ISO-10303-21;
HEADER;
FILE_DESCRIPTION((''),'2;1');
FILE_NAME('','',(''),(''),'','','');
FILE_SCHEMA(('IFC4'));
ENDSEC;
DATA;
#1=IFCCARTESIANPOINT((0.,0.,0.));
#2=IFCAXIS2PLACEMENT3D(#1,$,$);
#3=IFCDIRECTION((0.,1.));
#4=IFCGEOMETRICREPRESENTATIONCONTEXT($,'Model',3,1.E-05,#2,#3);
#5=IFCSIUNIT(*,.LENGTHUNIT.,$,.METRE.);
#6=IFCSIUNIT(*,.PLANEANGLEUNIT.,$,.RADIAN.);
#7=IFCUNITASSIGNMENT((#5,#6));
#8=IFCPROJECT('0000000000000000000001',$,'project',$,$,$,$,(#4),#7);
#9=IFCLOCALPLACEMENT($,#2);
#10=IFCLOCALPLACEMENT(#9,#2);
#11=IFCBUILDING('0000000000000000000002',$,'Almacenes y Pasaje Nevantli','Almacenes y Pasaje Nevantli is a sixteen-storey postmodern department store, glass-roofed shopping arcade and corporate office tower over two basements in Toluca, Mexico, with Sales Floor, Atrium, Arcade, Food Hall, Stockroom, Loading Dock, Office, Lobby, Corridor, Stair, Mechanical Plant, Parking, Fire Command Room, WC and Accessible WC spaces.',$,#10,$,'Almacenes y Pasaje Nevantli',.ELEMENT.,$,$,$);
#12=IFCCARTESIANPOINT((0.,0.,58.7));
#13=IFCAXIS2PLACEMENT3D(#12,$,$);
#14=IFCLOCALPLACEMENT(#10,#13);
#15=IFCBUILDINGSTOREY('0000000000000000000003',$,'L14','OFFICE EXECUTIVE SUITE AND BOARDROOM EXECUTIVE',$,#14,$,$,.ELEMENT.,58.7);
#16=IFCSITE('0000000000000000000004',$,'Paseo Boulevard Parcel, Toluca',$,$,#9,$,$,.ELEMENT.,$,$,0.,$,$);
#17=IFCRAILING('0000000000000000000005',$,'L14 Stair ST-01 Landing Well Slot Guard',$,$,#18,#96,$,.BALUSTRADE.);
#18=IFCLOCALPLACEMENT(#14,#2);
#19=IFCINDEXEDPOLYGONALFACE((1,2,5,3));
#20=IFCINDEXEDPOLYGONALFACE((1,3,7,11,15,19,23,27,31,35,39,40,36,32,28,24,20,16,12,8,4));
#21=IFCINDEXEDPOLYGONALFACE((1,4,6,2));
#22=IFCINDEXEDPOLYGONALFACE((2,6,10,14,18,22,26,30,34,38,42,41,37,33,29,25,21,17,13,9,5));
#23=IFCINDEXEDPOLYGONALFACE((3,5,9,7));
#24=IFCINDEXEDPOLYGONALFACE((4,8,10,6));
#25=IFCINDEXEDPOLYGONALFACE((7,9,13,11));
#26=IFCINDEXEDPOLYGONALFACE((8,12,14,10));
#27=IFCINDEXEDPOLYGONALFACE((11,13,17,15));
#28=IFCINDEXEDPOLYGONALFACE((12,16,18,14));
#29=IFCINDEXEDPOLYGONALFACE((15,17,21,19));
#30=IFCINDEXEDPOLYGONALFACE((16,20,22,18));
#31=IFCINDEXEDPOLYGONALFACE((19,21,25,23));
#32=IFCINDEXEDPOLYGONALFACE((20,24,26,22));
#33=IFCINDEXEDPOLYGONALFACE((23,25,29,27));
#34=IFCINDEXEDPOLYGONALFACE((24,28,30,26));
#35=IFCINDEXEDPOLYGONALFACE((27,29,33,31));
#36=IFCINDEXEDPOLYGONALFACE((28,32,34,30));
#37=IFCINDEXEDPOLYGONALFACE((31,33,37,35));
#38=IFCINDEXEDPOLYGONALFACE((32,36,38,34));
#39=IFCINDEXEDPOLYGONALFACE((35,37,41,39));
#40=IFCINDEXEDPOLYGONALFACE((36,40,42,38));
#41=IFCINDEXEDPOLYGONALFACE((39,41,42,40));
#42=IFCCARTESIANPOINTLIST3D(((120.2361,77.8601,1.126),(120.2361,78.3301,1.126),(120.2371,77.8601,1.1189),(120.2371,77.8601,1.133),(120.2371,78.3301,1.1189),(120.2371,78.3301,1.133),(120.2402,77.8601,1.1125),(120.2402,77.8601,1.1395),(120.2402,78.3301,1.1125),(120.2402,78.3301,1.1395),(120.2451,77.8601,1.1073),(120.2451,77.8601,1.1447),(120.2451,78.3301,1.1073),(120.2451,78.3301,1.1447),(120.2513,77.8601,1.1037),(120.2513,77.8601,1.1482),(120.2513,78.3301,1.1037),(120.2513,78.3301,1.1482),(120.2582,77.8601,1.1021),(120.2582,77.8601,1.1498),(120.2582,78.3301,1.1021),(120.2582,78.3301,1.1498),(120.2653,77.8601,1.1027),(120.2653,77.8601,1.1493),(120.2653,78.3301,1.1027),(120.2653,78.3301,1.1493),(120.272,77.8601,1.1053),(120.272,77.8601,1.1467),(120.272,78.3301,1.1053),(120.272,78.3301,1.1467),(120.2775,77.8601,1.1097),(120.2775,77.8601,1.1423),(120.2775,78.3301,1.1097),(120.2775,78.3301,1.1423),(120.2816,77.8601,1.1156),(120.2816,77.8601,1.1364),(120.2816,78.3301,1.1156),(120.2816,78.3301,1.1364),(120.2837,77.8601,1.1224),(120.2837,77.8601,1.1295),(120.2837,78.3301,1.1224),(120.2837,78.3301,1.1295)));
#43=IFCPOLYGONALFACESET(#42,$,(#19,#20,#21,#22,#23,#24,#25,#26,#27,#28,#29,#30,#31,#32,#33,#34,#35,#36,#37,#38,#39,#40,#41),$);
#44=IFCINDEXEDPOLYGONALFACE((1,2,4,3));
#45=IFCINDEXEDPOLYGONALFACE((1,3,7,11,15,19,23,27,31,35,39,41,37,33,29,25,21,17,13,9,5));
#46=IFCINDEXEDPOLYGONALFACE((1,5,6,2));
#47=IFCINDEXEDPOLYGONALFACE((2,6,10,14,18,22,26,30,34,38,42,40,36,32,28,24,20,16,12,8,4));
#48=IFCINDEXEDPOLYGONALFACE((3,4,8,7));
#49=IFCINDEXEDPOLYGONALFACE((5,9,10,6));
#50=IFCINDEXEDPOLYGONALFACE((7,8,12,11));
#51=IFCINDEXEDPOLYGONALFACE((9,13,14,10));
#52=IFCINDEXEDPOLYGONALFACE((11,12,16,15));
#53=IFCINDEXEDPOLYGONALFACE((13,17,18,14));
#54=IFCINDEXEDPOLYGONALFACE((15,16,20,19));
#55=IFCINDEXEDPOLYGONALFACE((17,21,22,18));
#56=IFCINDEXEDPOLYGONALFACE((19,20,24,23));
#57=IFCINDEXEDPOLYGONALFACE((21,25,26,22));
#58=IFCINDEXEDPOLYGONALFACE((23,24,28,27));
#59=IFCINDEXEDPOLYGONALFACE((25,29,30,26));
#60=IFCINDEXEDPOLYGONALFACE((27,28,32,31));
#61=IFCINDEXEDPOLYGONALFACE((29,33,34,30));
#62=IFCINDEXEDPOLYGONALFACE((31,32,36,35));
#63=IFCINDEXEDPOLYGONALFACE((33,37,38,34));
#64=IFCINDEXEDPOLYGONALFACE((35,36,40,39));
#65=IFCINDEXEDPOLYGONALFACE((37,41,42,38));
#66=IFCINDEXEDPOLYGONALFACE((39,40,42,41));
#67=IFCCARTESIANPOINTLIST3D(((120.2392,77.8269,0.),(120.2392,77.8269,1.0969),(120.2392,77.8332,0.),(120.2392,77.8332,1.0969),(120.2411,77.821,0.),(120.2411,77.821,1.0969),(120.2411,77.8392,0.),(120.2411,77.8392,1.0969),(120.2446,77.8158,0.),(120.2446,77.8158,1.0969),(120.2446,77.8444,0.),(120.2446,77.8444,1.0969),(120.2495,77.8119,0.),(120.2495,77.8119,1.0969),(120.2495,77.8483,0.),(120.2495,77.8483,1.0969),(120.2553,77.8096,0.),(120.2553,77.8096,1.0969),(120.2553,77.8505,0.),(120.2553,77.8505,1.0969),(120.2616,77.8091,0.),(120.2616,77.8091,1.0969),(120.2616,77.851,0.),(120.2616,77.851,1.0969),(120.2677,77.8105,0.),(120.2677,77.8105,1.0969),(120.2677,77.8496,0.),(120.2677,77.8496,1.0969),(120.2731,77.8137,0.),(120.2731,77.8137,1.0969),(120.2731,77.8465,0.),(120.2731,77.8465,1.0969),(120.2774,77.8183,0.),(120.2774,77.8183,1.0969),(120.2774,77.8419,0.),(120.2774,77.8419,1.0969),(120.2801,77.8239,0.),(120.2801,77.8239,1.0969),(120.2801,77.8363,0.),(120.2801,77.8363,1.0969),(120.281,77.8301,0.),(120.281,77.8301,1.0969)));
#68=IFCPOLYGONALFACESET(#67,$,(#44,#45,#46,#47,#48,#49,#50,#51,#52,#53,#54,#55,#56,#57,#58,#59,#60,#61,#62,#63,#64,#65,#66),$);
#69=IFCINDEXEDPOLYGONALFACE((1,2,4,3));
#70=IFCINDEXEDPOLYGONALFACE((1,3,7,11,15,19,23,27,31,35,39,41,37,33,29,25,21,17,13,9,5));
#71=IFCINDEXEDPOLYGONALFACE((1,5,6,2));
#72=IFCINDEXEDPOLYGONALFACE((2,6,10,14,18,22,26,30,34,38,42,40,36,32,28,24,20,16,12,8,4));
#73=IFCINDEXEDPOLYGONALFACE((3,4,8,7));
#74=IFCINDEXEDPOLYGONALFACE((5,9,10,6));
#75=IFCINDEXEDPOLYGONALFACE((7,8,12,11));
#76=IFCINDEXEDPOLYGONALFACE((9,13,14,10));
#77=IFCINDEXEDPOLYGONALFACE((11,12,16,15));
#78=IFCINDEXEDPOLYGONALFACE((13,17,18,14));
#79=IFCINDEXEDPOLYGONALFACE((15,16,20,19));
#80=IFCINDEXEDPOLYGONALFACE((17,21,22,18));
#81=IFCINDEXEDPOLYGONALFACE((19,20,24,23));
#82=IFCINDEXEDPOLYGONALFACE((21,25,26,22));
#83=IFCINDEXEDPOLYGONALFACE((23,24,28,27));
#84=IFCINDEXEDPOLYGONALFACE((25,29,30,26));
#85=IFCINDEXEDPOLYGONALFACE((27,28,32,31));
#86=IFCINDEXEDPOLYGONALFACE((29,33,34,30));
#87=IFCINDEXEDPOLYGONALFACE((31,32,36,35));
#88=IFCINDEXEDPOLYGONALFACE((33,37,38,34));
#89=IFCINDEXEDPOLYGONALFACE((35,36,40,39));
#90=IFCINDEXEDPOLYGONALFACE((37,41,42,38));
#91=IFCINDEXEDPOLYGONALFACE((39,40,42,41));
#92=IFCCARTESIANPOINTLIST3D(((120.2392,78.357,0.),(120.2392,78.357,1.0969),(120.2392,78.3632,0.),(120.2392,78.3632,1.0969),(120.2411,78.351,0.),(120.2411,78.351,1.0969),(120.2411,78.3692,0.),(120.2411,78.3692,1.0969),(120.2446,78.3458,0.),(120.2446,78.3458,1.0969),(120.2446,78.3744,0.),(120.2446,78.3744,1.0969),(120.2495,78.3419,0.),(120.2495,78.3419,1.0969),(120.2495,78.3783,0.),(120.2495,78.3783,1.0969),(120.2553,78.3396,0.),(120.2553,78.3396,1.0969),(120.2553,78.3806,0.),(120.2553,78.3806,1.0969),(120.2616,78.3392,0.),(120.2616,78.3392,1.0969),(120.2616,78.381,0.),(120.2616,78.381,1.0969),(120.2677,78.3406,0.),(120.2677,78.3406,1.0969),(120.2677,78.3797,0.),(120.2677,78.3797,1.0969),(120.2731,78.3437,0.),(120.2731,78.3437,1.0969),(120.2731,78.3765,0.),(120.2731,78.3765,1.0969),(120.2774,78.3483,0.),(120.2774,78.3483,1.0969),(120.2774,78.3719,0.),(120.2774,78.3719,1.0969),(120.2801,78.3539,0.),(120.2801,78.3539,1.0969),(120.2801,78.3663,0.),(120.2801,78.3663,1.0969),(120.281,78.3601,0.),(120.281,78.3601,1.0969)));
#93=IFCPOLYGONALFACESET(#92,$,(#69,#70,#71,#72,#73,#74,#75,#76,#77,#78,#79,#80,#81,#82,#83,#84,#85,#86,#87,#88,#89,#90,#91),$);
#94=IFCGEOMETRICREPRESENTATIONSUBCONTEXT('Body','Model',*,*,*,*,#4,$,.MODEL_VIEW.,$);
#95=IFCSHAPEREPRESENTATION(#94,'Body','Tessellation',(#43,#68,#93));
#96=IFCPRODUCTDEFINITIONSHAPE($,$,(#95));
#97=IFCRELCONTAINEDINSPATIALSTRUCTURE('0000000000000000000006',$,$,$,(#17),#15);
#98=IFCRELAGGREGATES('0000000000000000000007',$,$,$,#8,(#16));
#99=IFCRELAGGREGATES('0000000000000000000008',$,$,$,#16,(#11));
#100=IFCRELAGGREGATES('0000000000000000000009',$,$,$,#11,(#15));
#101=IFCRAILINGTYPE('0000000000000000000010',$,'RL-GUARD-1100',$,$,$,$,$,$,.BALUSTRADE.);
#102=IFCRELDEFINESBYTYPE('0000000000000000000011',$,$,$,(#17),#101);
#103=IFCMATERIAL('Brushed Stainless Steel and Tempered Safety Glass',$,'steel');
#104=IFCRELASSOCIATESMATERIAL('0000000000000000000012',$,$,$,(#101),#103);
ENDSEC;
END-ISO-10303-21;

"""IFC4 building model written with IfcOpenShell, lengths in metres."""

from ifc_helpers import new_model, si_unit, direction, frame, origin, origin_2d, place, context, subcontext, project, spatial, circle, extrude, material, type_object, element, save


model = new_model("IFC4")

# Units and contexts
model_context = context("Model", 3, precision=1e-05, world=origin(), true_north=direction((0.0, 1.0)))
body_context = subcontext(model_context, "Body", "Model", "MODEL_VIEW")
ifc_project = project(units=[si_unit("LENGTHUNIT", "METRE"), si_unit("PLANEANGLEUNIT", "RADIAN")], contexts=[model_context])

# Site, building, storey
site_placement = place(None, origin())
site = spatial("IfcSite", under=ifc_project, at=site_placement, Name="Paseo Boulevard Parcel, Toluca", CompositionType="ELEMENT", RefElevation=0.0)
building_placement = place(site_placement, origin())
building = spatial("IfcBuilding", under=site, at=building_placement, Name="Almacenes y Pasaje Nevantli", Description="Almacenes y Pasaje Nevantli is a sixteen-storey postmodern department store, glass-roofed shopping arcade and corporate office tower over two basements in Toluca, Mexico, with Sales Floor, Atrium, Arcade, Food Hall, Stockroom, Loading Dock, Office, Lobby, Corridor, Stair, Mechanical Plant, Parking, Fire Command Room, WC and Accessible WC spaces.", LongName="Almacenes y Pasaje Nevantli", CompositionType="ELEMENT")
storey_placement = place(building_placement, frame((0.0, 0.0, 58.7)))
storey = spatial("IfcBuildingStorey", under=building, at=storey_placement, Name="L14", Description="OFFICE EXECUTIVE SUITE AND BOARDROOM EXECUTIVE", CompositionType="ELEMENT", Elevation=58.7)

# Railing
ifc_material_1 = material(Name="Brushed Stainless Steel and Tempered Safety Glass", Category="steel")
railing_type_1 = type_object("IfcRailingType", Name="RL-GUARD-1100", PredefinedType="BALUSTRADE", material=ifc_material_1)
railing_1_placement = place(storey_placement, frame((120.26, 77.8301, 0.0)))
element("IfcRailing", 1, at=railing_1_placement, inside=storey, type_object=railing_type_1, Name="L14 Stair ST-01 Landing Well Slot Guard", PredefinedType="BALUSTRADE", context=body_context, shape_type="SweptSolid", body=[
    extrude(circle(Radius=0.0239, at=origin_2d()), frame((0.0, 0.03, 1.126), z_axis=(0.0, 1.0, 0.0), x_axis=(-1.0, 0.0, 0.0)), (0.0, 0.0, 1.0), 0.47),
    extrude(circle(Radius=0.021, at=origin_2d()), origin(), (0.0, 0.0, 1.0), 1.0969),
    extrude(circle(Radius=0.021, at=origin_2d()), frame((0.0, 0.53, 0.0)), (0.0, 0.0, 1.0), 1.0969),
])

save(model, "model.ifc")
